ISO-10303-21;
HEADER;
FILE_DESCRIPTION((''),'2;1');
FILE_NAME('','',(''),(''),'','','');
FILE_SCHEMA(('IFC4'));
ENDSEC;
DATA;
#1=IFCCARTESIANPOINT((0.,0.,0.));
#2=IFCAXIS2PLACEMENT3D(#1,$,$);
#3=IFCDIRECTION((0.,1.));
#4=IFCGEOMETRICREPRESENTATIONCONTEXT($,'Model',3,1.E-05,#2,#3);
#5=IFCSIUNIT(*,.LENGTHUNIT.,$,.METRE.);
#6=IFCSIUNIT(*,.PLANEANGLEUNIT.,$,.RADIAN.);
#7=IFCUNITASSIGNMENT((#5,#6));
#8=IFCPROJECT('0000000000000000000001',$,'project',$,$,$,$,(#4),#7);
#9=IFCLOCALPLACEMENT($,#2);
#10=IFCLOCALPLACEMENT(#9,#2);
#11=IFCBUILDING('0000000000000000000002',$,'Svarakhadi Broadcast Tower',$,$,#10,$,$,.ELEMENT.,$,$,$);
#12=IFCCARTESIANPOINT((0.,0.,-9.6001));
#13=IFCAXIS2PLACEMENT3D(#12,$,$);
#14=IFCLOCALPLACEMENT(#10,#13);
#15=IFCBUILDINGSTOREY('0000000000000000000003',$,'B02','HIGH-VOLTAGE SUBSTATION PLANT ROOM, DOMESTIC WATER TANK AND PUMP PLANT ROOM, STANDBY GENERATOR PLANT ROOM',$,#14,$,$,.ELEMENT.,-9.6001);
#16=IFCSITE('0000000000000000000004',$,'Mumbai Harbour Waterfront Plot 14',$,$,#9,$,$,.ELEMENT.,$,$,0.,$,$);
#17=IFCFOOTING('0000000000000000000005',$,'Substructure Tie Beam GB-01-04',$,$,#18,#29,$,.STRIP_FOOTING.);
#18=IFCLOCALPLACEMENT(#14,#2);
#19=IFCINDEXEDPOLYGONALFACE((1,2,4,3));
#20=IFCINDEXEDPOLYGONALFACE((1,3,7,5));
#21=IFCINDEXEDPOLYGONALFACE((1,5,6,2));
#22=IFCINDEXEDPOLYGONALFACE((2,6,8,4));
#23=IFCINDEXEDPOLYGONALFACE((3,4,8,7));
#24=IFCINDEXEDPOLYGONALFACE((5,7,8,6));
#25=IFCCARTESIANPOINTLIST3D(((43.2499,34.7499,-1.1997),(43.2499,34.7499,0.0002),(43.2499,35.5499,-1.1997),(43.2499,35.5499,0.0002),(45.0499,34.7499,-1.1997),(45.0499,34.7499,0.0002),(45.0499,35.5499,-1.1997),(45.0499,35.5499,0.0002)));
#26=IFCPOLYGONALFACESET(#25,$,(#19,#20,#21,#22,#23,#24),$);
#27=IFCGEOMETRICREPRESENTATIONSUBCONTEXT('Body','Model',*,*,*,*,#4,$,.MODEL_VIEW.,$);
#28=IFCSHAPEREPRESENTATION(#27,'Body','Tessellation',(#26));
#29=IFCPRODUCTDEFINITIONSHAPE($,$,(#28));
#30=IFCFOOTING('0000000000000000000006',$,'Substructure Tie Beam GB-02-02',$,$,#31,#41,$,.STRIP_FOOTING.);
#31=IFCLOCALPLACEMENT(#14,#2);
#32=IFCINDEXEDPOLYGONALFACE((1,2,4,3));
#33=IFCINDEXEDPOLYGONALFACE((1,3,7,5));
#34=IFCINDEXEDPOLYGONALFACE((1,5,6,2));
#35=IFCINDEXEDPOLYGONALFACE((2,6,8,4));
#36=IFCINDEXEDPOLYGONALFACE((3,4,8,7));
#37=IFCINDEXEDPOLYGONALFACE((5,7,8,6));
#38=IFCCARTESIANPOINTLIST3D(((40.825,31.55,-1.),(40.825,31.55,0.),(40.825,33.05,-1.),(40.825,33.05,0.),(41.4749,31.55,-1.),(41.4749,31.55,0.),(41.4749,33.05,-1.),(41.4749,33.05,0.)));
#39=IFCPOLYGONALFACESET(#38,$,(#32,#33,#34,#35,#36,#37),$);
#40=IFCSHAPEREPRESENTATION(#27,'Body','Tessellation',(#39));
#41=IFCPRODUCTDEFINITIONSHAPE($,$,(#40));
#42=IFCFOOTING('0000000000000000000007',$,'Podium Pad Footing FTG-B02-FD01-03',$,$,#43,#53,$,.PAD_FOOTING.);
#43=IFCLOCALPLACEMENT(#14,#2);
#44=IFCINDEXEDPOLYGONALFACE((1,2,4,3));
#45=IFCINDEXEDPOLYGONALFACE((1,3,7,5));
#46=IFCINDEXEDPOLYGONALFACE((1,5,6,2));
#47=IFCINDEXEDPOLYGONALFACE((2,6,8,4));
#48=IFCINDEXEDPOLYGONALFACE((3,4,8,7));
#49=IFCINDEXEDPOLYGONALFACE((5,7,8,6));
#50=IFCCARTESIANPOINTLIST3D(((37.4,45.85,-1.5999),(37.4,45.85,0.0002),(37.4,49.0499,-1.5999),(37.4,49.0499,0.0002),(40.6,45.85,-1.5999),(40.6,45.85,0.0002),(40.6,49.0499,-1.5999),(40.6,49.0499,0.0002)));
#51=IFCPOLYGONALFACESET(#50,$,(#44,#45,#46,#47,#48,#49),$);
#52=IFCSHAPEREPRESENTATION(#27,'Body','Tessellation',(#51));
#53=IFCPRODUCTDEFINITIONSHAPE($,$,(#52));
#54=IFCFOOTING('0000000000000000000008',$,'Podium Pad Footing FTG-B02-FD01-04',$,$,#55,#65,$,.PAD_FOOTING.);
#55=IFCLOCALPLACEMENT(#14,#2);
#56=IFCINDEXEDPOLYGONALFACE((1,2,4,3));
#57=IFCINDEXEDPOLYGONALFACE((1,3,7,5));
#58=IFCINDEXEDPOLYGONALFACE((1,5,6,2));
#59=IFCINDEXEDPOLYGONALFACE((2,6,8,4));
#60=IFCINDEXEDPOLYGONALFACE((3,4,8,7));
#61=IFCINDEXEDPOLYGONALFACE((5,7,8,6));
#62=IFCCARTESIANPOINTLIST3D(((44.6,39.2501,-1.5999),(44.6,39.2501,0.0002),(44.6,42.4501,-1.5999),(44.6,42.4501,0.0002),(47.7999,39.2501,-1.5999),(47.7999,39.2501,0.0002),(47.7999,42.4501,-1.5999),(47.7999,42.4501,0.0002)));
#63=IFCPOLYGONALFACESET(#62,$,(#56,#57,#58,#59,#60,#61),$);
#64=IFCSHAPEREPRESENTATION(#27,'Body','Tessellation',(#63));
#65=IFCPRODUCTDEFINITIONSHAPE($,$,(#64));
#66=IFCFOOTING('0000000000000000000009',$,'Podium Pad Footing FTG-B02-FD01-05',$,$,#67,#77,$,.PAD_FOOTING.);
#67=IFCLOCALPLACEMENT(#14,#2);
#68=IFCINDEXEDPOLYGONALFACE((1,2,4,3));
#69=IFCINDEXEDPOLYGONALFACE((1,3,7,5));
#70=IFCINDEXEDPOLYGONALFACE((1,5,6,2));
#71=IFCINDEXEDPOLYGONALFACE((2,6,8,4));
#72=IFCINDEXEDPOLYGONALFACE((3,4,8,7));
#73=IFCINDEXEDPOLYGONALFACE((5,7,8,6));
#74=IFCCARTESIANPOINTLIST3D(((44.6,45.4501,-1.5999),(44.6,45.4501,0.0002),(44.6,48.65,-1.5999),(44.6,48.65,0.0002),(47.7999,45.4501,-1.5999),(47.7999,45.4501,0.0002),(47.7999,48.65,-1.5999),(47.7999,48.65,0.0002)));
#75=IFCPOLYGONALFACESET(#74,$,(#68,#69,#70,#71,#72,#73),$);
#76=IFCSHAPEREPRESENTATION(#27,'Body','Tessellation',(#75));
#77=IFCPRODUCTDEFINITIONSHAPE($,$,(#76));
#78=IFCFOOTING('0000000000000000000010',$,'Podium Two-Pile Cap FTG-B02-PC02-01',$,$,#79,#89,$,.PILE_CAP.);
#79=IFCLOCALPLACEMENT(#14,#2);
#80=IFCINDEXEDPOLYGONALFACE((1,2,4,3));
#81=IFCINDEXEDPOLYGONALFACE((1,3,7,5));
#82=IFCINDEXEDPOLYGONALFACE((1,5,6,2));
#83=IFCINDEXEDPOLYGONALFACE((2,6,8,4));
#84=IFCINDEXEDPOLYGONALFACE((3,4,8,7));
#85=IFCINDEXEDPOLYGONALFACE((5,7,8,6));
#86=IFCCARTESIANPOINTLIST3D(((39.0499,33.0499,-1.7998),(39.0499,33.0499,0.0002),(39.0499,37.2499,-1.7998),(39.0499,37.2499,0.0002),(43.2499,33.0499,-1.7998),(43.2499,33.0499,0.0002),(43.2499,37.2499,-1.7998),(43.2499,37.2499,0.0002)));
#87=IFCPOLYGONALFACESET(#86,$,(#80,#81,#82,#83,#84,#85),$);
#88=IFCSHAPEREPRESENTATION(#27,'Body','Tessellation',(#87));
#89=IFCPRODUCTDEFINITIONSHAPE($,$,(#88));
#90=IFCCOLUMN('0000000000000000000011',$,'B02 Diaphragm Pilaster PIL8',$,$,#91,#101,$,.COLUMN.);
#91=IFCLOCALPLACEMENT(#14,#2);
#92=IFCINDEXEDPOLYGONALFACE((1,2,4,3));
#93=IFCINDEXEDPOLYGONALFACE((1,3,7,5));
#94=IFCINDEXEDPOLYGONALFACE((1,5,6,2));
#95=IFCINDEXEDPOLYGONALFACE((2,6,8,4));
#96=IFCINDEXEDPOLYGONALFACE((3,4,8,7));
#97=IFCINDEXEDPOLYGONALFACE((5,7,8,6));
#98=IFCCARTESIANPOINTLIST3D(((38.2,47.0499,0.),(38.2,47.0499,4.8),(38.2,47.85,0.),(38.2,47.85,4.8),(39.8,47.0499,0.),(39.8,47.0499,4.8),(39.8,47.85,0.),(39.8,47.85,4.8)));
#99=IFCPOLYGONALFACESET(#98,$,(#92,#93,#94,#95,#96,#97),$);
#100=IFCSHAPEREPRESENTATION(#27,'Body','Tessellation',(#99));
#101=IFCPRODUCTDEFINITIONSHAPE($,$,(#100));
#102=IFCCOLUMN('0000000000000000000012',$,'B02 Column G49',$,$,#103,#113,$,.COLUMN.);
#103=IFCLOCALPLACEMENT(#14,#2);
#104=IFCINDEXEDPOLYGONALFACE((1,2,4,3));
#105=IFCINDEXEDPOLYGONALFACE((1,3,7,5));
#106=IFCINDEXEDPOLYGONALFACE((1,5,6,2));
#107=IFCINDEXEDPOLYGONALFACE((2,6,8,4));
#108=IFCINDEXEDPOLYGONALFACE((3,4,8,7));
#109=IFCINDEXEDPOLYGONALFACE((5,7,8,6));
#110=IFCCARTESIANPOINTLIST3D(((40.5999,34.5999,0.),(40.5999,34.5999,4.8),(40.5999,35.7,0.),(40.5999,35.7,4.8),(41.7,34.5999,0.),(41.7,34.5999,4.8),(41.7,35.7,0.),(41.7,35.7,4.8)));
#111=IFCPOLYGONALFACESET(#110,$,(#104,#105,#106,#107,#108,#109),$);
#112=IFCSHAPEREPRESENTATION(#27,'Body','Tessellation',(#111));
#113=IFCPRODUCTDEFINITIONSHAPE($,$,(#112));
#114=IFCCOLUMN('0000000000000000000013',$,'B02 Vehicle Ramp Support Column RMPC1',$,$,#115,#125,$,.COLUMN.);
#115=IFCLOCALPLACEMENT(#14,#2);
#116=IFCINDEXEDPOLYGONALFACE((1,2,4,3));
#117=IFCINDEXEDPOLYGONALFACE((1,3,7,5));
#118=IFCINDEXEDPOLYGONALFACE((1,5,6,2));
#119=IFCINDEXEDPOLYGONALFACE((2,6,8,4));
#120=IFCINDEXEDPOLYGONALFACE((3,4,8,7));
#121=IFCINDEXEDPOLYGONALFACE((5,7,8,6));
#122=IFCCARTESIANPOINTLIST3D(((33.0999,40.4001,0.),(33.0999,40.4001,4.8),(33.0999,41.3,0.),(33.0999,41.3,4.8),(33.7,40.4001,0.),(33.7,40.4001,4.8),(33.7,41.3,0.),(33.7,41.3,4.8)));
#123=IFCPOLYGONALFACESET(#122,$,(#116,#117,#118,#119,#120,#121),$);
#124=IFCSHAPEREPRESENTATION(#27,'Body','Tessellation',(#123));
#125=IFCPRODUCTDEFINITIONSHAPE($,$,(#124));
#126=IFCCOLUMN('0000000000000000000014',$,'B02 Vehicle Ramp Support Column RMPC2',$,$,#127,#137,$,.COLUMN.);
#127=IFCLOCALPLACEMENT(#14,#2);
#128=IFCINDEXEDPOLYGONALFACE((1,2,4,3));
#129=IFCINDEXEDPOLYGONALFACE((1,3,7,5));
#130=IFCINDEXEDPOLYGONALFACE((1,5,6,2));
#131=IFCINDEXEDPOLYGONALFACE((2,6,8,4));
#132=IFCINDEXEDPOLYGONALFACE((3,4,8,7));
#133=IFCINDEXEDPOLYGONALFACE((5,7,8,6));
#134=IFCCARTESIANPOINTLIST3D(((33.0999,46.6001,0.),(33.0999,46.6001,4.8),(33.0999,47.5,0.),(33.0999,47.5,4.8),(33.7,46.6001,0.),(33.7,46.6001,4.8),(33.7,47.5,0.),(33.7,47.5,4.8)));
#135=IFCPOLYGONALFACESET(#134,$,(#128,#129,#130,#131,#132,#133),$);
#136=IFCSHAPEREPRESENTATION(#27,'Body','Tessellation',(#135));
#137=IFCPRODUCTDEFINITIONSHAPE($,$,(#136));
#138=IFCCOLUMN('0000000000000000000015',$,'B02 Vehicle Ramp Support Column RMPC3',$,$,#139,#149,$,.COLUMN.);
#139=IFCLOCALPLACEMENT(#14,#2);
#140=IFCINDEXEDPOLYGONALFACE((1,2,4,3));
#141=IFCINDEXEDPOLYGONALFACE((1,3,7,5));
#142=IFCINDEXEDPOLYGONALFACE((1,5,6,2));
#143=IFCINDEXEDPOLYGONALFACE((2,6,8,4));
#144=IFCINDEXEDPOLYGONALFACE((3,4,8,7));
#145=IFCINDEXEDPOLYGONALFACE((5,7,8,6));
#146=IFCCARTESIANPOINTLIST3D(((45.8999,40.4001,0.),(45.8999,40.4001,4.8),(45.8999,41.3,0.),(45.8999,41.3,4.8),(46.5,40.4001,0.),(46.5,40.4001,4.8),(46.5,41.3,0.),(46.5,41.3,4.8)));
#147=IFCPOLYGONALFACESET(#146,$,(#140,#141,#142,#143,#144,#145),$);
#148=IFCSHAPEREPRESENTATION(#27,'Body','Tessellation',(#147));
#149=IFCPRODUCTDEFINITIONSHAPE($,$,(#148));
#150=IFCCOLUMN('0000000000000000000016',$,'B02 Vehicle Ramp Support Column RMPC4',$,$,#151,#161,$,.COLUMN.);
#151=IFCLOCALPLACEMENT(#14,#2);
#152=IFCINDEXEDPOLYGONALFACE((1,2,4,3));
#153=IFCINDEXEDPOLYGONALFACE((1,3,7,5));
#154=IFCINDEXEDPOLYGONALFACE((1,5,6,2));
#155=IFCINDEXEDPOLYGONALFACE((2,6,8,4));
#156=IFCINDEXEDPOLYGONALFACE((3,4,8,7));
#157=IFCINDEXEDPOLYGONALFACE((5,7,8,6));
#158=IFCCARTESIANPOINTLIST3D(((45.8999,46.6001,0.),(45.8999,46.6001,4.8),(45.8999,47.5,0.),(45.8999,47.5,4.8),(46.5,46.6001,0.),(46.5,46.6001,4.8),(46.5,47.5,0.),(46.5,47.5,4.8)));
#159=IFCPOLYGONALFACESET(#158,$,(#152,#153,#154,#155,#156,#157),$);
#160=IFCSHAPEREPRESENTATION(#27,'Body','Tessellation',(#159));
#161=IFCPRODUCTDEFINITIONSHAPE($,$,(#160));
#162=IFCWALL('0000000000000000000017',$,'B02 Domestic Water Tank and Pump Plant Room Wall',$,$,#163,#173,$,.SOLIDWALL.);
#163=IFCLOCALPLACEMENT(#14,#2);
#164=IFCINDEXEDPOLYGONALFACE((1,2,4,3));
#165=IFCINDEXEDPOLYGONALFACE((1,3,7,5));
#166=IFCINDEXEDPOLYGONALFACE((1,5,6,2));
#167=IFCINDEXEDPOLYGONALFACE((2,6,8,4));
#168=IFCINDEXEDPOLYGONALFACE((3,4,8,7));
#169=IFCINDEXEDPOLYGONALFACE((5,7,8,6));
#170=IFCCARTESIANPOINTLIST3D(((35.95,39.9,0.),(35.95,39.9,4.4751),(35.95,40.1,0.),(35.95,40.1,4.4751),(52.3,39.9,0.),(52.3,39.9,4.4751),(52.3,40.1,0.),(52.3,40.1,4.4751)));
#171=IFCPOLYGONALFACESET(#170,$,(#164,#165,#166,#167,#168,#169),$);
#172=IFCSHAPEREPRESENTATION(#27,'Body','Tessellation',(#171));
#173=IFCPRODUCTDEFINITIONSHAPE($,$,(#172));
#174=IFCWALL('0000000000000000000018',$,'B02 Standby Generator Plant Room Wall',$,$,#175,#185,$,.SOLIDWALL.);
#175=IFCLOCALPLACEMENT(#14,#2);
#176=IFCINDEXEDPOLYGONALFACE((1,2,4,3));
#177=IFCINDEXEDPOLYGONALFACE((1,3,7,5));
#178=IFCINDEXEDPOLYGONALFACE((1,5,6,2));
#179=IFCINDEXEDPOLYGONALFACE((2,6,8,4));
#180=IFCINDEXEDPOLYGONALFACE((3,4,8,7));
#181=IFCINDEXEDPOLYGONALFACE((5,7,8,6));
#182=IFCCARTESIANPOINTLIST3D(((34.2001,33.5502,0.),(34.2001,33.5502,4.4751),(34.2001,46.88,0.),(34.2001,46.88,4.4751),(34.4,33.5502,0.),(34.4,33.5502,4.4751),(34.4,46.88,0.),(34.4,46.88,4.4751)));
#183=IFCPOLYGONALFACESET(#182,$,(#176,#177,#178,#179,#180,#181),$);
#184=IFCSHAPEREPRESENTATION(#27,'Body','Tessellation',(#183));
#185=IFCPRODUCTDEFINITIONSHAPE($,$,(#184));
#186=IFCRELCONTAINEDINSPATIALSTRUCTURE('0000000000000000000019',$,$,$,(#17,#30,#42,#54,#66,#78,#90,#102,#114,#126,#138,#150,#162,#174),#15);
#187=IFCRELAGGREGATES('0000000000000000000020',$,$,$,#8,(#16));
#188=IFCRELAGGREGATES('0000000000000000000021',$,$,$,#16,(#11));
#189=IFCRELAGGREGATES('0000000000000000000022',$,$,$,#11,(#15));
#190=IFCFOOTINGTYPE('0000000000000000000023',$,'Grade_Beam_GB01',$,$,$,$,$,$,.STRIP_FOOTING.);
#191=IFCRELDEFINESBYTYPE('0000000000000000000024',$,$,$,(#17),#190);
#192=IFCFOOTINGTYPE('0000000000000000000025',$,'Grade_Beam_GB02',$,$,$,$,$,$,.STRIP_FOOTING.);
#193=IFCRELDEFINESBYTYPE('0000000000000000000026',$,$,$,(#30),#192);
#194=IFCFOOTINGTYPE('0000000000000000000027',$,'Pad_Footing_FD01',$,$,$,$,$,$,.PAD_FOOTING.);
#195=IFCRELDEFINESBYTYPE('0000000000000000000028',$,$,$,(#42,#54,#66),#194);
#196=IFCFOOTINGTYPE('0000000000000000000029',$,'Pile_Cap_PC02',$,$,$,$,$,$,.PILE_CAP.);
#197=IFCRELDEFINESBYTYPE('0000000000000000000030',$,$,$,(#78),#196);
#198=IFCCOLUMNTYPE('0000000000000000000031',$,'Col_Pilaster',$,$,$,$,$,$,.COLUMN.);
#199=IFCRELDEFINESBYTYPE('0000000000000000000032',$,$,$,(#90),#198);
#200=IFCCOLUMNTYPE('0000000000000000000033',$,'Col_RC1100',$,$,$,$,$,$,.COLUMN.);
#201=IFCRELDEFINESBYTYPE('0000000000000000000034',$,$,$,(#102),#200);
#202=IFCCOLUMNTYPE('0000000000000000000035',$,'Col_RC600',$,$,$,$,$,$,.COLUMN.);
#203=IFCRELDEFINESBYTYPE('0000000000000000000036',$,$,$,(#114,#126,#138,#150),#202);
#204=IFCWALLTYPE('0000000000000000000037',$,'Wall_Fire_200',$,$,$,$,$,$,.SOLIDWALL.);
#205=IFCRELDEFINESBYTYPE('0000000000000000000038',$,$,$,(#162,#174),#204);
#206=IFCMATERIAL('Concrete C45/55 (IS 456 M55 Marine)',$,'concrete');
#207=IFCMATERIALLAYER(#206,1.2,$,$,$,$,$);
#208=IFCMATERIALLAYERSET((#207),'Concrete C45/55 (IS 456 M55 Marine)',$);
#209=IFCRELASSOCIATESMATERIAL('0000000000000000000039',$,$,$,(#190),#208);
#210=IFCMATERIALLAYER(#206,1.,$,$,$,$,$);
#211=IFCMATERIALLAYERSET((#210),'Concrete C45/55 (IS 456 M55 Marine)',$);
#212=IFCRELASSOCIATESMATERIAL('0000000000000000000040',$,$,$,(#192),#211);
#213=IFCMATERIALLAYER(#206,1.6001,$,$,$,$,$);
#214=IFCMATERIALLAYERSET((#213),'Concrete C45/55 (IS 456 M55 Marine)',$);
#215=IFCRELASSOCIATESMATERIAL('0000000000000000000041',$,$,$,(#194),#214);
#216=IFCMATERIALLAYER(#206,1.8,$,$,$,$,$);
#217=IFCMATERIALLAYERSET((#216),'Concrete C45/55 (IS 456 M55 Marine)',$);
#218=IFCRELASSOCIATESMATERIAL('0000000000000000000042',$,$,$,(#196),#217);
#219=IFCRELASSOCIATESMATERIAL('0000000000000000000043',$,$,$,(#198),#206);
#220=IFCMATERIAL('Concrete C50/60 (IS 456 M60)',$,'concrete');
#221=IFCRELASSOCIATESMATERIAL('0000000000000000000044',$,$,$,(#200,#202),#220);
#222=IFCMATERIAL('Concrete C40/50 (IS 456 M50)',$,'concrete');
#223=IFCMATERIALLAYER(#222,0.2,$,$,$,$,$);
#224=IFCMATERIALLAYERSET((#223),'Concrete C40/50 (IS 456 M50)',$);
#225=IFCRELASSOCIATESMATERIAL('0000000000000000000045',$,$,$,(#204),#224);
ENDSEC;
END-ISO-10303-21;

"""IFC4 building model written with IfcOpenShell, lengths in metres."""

from ifc_helpers import new_model, si_unit, direction, frame, frame_2d, origin, origin_2d, place, context, subcontext, project, spatial, rectangle, extrude, material, layer, layer_set, material_profile, profile_set, type_object, element, save


model = new_model("IFC4")

# Units and contexts
model_context = context("Model", 3, precision=1e-05, world=origin(), true_north=direction((0.0, 1.0)))
body_context = subcontext(model_context, "Body", "Model", "MODEL_VIEW")
ifc_project = project(units=[si_unit("LENGTHUNIT", "METRE"), si_unit("PLANEANGLEUNIT", "RADIAN")], contexts=[model_context])

# Site, building, storey
site_placement = place(None, origin())
site = spatial("IfcSite", under=ifc_project, at=site_placement, Name="Mumbai Harbour Waterfront Plot 14", CompositionType="ELEMENT", RefElevation=0.0)
building_placement = place(site_placement, origin())
building = spatial("IfcBuilding", under=site, at=building_placement, Name="Svarakhadi Broadcast Tower", CompositionType="ELEMENT")
storey_placement = place(building_placement, frame((0.0, 0.0, -9.6001)))
storey = spatial("IfcBuildingStorey", under=building, at=storey_placement, Name="B02", Description="HIGH-VOLTAGE SUBSTATION PLANT ROOM, DOMESTIC WATER TANK AND PUMP PLANT ROOM, STANDBY GENERATOR PLANT ROOM", CompositionType="ELEMENT", Elevation=-9.6001)

# Shared definitions
ifc_material_1 = material(Name="Concrete C45/55 (IS 456 M55 Marine)", Category="concrete")

# Footings
ifc_layer_1 = layer(ifc_material_1, 1.2)
ifc_layer_set_1 = layer_set([ifc_layer_1], Name="Concrete C45/55 (IS 456 M55 Marine)")
footing_type_1 = type_object("IfcFootingType", Name="Grade_Beam_GB01", PredefinedType="STRIP_FOOTING", material=ifc_layer_set_1)
footing_1_placement = place(storey_placement, frame((44.1499, 35.1499, -1.1997), z_axis=(0.0, 0.0, 1.0), x_axis=(1.0, 0.0, 0.0)))
element("IfcFooting", 1, at=footing_1_placement, inside=storey, type_object=footing_type_1, Name="Substructure Tie Beam GB-01-04", PredefinedType="STRIP_FOOTING", context=body_context, shape_type="SweptSolid", body=[
    extrude(rectangle(XDim=1.8, YDim=0.8, at=origin_2d()), origin(), (0.0, 0.0, 1.0), 1.2),
])
ifc_layer_2 = layer(ifc_material_1, 1.0)
ifc_layer_set_2 = layer_set([ifc_layer_2], Name="Concrete C45/55 (IS 456 M55 Marine)")
footing_type_2 = type_object("IfcFootingType", Name="Grade_Beam_GB02", PredefinedType="STRIP_FOOTING", material=ifc_layer_set_2)
footing_2_placement = place(storey_placement, frame((41.1499, 32.3, -1.0), z_axis=(0.0, 0.0, 1.0), x_axis=(1.0, 0.0, 0.0)))
element("IfcFooting", 2, at=footing_2_placement, inside=storey, type_object=footing_type_2, Name="Substructure Tie Beam GB-02-02", PredefinedType="STRIP_FOOTING", context=body_context, shape_type="SweptSolid", body=[
    extrude(rectangle(XDim=0.6499, YDim=1.5, at=origin_2d()), origin(), (0.0, 0.0, 1.0), 1.0),
])
ifc_layer_3 = layer(ifc_material_1, 1.6001)
ifc_layer_set_3 = layer_set([ifc_layer_3], Name="Concrete C45/55 (IS 456 M55 Marine)")
footing_type_3 = type_object("IfcFootingType", Name="Pad_Footing_FD01", PredefinedType="PAD_FOOTING", material=ifc_layer_set_3)
for number, where, z_axis, x_axis, name in (
    (3, (39.0, 47.45, -1.5999), (0.0, 0.0, 1.0), (1.0, 0.0, 0.0), "Podium Pad Footing FTG-B02-FD01-03"),
    (4, (46.2, 40.8501, -1.5999), (0.0, 0.0, 1.0), (1.0, 0.0, 0.0), "Podium Pad Footing FTG-B02-FD01-04"),
    (5, (46.2, 47.05, -1.5999), (0.0, 0.0, 1.0), (1.0, 0.0, 0.0), "Podium Pad Footing FTG-B02-FD01-05"),
):
    element("IfcFooting", number, at=place(storey_placement, frame(where, z_axis=z_axis, x_axis=x_axis)), inside=storey, type_object=footing_type_3, Name=name, PredefinedType="PAD_FOOTING", context=body_context, shape_type="SweptSolid", body=[
        extrude(rectangle(XDim=3.2, YDim=3.2, at=origin_2d()), origin(), (0.0, 0.0, 1.0), 1.6001),
    ])
ifc_layer_4 = layer(ifc_material_1, 1.8)
ifc_layer_set_4 = layer_set([ifc_layer_4], Name="Concrete C45/55 (IS 456 M55 Marine)")
footing_type_4 = type_object("IfcFootingType", Name="Pile_Cap_PC02", PredefinedType="PILE_CAP", material=ifc_layer_set_4)
footing_3_placement = place(storey_placement, frame((41.1499, 35.1499, -1.7998), z_axis=(0.0, 0.0, 1.0), x_axis=(1.0, 0.0, 0.0)))
element("IfcFooting", 6, at=footing_3_placement, inside=storey, type_object=footing_type_4, Name="Podium Two-Pile Cap FTG-B02-PC02-01", PredefinedType="PILE_CAP", context=body_context, shape_type="SweptSolid", body=[
    extrude(rectangle(XDim=4.2, YDim=4.2, at=origin_2d()), origin(), (0.0, 0.0, 1.0), 1.8),
])

# Columns
ifc_material_profile_1 = material_profile(ifc_material_1, rectangle(XDim=0.8, YDim=1.6001, at=origin_2d()), Name="RC 800x1600")
ifc_profile_set_1 = profile_set([ifc_material_profile_1], Name="Concrete C45/55 (IS 456 M55 Marine)")
column_type_1 = type_object("IfcColumnType", Name="Col_Pilaster", PredefinedType="COLUMN", material=ifc_profile_set_1)
column_1_placement = place(storey_placement, frame((39.0, 47.45, 0.0), z_axis=(0.0, 0.0, 1.0), x_axis=(0.0, 1.0, 0.0)))
element("IfcColumn", 7, at=column_1_placement, inside=storey, type_object=column_type_1, Name="B02 Diaphragm Pilaster PIL8", PredefinedType="COLUMN", context=body_context, shape_type="SweptSolid", body=[
    extrude(rectangle(XDim=0.8, YDim=1.6001, at=origin_2d()), origin(), (0.0, 0.0, 1.0), 4.8),
])
ifc_material_2 = material(Name="Concrete C50/60 (IS 456 M60)", Category="concrete")
ifc_material_profile_2 = material_profile(ifc_material_2, rectangle(XDim=1.1001, YDim=1.1001, at=origin_2d()), Name="RC 1100x1100")
ifc_profile_set_2 = profile_set([ifc_material_profile_2], Name="Concrete C50/60 (IS 456 M60)")
column_type_2 = type_object("IfcColumnType", Name="Col_RC1100", PredefinedType="COLUMN", material=ifc_profile_set_2)
column_2_placement = place(storey_placement, frame((41.1499, 35.1499, 0.0), z_axis=(0.0, 0.0, 1.0), x_axis=(1.0, 0.0, 0.0)))
element("IfcColumn", 8, at=column_2_placement, inside=storey, type_object=column_type_2, Name="B02 Column G49", PredefinedType="COLUMN", context=body_context, shape_type="SweptSolid", body=[
    extrude(rectangle(XDim=1.1001, YDim=1.1001, at=origin_2d()), origin(), (0.0, 0.0, 1.0), 4.8),
])
ifc_material_profile_3 = material_profile(ifc_material_2, rectangle(XDim=0.6001, YDim=0.8999, at=origin_2d()), Name="RC 600x900")
ifc_profile_set_3 = profile_set([ifc_material_profile_3], Name="Concrete C50/60 (IS 456 M60)")
column_type_3 = type_object("IfcColumnType", Name="Col_RC600", PredefinedType="COLUMN", material=ifc_profile_set_3)
for number, where, z_axis, x_axis, name in (
    (9, (33.3999, 40.8501, 0.0), (0.0, 0.0, 1.0), (1.0, 0.0, 0.0), "B02 Vehicle Ramp Support Column RMPC1"),
    (10, (33.3999, 47.05, 0.0), (0.0, 0.0, 1.0), (1.0, 0.0, 0.0), "B02 Vehicle Ramp Support Column RMPC2"),
    (11, (46.2, 40.8501, 0.0), (0.0, 0.0, 1.0), (1.0, 0.0, 0.0), "B02 Vehicle Ramp Support Column RMPC3"),
    (12, (46.2, 47.05, 0.0), (0.0, 0.0, 1.0), (1.0, 0.0, 0.0), "B02 Vehicle Ramp Support Column RMPC4"),
):
    element("IfcColumn", number, at=place(storey_placement, frame(where, z_axis=z_axis, x_axis=x_axis)), inside=storey, type_object=column_type_3, Name=name, PredefinedType="COLUMN", context=body_context, shape_type="SweptSolid", body=[
        extrude(rectangle(XDim=0.6001, YDim=0.8999, at=origin_2d()), origin(), (0.0, 0.0, 1.0), 4.8),
    ])

# Walls
ifc_material_3 = material(Name="Concrete C40/50 (IS 456 M50)", Category="concrete")
ifc_layer_5 = layer(ifc_material_3, 0.2)
ifc_layer_set_5 = layer_set([ifc_layer_5], Name="Concrete C40/50 (IS 456 M50)")
wall_type = type_object("IfcWallType", Name="Wall_Fire_200", PredefinedType="SOLIDWALL", material=ifc_layer_set_5)
wall_1_placement = place(storey_placement, frame((35.95, 40.0, 0.0), z_axis=(0.0, 0.0, 1.0), x_axis=(1.0, 0.0, 0.0)))
element("IfcWall", 13, at=wall_1_placement, inside=storey, type_object=wall_type, Name="B02 Domestic Water Tank and Pump Plant Room Wall", PredefinedType="SOLIDWALL", context=body_context, shape_type="SweptSolid", body=[
    extrude(rectangle(XDim=16.3501, YDim=0.2, at=frame_2d((8.175, 0.0))), origin(), (0.0, 0.0, 1.0), 4.4751),
])
wall_2_placement = place(storey_placement, frame((34.3, 33.55, 0.0), z_axis=(0.0, 0.0, 1.0), x_axis=(0.0, 1.0, 0.0)))
element("IfcWall", 14, at=wall_2_placement, inside=storey, type_object=wall_type, Name="B02 Standby Generator Plant Room Wall", PredefinedType="SOLIDWALL", context=body_context, shape_type="SweptSolid", body=[
    extrude(rectangle(XDim=13.3298, YDim=0.2, at=frame_2d((6.665, 0.0))), origin(), (0.0, 0.0, 1.0), 4.4751),
])

save(model, "model.ifc")
